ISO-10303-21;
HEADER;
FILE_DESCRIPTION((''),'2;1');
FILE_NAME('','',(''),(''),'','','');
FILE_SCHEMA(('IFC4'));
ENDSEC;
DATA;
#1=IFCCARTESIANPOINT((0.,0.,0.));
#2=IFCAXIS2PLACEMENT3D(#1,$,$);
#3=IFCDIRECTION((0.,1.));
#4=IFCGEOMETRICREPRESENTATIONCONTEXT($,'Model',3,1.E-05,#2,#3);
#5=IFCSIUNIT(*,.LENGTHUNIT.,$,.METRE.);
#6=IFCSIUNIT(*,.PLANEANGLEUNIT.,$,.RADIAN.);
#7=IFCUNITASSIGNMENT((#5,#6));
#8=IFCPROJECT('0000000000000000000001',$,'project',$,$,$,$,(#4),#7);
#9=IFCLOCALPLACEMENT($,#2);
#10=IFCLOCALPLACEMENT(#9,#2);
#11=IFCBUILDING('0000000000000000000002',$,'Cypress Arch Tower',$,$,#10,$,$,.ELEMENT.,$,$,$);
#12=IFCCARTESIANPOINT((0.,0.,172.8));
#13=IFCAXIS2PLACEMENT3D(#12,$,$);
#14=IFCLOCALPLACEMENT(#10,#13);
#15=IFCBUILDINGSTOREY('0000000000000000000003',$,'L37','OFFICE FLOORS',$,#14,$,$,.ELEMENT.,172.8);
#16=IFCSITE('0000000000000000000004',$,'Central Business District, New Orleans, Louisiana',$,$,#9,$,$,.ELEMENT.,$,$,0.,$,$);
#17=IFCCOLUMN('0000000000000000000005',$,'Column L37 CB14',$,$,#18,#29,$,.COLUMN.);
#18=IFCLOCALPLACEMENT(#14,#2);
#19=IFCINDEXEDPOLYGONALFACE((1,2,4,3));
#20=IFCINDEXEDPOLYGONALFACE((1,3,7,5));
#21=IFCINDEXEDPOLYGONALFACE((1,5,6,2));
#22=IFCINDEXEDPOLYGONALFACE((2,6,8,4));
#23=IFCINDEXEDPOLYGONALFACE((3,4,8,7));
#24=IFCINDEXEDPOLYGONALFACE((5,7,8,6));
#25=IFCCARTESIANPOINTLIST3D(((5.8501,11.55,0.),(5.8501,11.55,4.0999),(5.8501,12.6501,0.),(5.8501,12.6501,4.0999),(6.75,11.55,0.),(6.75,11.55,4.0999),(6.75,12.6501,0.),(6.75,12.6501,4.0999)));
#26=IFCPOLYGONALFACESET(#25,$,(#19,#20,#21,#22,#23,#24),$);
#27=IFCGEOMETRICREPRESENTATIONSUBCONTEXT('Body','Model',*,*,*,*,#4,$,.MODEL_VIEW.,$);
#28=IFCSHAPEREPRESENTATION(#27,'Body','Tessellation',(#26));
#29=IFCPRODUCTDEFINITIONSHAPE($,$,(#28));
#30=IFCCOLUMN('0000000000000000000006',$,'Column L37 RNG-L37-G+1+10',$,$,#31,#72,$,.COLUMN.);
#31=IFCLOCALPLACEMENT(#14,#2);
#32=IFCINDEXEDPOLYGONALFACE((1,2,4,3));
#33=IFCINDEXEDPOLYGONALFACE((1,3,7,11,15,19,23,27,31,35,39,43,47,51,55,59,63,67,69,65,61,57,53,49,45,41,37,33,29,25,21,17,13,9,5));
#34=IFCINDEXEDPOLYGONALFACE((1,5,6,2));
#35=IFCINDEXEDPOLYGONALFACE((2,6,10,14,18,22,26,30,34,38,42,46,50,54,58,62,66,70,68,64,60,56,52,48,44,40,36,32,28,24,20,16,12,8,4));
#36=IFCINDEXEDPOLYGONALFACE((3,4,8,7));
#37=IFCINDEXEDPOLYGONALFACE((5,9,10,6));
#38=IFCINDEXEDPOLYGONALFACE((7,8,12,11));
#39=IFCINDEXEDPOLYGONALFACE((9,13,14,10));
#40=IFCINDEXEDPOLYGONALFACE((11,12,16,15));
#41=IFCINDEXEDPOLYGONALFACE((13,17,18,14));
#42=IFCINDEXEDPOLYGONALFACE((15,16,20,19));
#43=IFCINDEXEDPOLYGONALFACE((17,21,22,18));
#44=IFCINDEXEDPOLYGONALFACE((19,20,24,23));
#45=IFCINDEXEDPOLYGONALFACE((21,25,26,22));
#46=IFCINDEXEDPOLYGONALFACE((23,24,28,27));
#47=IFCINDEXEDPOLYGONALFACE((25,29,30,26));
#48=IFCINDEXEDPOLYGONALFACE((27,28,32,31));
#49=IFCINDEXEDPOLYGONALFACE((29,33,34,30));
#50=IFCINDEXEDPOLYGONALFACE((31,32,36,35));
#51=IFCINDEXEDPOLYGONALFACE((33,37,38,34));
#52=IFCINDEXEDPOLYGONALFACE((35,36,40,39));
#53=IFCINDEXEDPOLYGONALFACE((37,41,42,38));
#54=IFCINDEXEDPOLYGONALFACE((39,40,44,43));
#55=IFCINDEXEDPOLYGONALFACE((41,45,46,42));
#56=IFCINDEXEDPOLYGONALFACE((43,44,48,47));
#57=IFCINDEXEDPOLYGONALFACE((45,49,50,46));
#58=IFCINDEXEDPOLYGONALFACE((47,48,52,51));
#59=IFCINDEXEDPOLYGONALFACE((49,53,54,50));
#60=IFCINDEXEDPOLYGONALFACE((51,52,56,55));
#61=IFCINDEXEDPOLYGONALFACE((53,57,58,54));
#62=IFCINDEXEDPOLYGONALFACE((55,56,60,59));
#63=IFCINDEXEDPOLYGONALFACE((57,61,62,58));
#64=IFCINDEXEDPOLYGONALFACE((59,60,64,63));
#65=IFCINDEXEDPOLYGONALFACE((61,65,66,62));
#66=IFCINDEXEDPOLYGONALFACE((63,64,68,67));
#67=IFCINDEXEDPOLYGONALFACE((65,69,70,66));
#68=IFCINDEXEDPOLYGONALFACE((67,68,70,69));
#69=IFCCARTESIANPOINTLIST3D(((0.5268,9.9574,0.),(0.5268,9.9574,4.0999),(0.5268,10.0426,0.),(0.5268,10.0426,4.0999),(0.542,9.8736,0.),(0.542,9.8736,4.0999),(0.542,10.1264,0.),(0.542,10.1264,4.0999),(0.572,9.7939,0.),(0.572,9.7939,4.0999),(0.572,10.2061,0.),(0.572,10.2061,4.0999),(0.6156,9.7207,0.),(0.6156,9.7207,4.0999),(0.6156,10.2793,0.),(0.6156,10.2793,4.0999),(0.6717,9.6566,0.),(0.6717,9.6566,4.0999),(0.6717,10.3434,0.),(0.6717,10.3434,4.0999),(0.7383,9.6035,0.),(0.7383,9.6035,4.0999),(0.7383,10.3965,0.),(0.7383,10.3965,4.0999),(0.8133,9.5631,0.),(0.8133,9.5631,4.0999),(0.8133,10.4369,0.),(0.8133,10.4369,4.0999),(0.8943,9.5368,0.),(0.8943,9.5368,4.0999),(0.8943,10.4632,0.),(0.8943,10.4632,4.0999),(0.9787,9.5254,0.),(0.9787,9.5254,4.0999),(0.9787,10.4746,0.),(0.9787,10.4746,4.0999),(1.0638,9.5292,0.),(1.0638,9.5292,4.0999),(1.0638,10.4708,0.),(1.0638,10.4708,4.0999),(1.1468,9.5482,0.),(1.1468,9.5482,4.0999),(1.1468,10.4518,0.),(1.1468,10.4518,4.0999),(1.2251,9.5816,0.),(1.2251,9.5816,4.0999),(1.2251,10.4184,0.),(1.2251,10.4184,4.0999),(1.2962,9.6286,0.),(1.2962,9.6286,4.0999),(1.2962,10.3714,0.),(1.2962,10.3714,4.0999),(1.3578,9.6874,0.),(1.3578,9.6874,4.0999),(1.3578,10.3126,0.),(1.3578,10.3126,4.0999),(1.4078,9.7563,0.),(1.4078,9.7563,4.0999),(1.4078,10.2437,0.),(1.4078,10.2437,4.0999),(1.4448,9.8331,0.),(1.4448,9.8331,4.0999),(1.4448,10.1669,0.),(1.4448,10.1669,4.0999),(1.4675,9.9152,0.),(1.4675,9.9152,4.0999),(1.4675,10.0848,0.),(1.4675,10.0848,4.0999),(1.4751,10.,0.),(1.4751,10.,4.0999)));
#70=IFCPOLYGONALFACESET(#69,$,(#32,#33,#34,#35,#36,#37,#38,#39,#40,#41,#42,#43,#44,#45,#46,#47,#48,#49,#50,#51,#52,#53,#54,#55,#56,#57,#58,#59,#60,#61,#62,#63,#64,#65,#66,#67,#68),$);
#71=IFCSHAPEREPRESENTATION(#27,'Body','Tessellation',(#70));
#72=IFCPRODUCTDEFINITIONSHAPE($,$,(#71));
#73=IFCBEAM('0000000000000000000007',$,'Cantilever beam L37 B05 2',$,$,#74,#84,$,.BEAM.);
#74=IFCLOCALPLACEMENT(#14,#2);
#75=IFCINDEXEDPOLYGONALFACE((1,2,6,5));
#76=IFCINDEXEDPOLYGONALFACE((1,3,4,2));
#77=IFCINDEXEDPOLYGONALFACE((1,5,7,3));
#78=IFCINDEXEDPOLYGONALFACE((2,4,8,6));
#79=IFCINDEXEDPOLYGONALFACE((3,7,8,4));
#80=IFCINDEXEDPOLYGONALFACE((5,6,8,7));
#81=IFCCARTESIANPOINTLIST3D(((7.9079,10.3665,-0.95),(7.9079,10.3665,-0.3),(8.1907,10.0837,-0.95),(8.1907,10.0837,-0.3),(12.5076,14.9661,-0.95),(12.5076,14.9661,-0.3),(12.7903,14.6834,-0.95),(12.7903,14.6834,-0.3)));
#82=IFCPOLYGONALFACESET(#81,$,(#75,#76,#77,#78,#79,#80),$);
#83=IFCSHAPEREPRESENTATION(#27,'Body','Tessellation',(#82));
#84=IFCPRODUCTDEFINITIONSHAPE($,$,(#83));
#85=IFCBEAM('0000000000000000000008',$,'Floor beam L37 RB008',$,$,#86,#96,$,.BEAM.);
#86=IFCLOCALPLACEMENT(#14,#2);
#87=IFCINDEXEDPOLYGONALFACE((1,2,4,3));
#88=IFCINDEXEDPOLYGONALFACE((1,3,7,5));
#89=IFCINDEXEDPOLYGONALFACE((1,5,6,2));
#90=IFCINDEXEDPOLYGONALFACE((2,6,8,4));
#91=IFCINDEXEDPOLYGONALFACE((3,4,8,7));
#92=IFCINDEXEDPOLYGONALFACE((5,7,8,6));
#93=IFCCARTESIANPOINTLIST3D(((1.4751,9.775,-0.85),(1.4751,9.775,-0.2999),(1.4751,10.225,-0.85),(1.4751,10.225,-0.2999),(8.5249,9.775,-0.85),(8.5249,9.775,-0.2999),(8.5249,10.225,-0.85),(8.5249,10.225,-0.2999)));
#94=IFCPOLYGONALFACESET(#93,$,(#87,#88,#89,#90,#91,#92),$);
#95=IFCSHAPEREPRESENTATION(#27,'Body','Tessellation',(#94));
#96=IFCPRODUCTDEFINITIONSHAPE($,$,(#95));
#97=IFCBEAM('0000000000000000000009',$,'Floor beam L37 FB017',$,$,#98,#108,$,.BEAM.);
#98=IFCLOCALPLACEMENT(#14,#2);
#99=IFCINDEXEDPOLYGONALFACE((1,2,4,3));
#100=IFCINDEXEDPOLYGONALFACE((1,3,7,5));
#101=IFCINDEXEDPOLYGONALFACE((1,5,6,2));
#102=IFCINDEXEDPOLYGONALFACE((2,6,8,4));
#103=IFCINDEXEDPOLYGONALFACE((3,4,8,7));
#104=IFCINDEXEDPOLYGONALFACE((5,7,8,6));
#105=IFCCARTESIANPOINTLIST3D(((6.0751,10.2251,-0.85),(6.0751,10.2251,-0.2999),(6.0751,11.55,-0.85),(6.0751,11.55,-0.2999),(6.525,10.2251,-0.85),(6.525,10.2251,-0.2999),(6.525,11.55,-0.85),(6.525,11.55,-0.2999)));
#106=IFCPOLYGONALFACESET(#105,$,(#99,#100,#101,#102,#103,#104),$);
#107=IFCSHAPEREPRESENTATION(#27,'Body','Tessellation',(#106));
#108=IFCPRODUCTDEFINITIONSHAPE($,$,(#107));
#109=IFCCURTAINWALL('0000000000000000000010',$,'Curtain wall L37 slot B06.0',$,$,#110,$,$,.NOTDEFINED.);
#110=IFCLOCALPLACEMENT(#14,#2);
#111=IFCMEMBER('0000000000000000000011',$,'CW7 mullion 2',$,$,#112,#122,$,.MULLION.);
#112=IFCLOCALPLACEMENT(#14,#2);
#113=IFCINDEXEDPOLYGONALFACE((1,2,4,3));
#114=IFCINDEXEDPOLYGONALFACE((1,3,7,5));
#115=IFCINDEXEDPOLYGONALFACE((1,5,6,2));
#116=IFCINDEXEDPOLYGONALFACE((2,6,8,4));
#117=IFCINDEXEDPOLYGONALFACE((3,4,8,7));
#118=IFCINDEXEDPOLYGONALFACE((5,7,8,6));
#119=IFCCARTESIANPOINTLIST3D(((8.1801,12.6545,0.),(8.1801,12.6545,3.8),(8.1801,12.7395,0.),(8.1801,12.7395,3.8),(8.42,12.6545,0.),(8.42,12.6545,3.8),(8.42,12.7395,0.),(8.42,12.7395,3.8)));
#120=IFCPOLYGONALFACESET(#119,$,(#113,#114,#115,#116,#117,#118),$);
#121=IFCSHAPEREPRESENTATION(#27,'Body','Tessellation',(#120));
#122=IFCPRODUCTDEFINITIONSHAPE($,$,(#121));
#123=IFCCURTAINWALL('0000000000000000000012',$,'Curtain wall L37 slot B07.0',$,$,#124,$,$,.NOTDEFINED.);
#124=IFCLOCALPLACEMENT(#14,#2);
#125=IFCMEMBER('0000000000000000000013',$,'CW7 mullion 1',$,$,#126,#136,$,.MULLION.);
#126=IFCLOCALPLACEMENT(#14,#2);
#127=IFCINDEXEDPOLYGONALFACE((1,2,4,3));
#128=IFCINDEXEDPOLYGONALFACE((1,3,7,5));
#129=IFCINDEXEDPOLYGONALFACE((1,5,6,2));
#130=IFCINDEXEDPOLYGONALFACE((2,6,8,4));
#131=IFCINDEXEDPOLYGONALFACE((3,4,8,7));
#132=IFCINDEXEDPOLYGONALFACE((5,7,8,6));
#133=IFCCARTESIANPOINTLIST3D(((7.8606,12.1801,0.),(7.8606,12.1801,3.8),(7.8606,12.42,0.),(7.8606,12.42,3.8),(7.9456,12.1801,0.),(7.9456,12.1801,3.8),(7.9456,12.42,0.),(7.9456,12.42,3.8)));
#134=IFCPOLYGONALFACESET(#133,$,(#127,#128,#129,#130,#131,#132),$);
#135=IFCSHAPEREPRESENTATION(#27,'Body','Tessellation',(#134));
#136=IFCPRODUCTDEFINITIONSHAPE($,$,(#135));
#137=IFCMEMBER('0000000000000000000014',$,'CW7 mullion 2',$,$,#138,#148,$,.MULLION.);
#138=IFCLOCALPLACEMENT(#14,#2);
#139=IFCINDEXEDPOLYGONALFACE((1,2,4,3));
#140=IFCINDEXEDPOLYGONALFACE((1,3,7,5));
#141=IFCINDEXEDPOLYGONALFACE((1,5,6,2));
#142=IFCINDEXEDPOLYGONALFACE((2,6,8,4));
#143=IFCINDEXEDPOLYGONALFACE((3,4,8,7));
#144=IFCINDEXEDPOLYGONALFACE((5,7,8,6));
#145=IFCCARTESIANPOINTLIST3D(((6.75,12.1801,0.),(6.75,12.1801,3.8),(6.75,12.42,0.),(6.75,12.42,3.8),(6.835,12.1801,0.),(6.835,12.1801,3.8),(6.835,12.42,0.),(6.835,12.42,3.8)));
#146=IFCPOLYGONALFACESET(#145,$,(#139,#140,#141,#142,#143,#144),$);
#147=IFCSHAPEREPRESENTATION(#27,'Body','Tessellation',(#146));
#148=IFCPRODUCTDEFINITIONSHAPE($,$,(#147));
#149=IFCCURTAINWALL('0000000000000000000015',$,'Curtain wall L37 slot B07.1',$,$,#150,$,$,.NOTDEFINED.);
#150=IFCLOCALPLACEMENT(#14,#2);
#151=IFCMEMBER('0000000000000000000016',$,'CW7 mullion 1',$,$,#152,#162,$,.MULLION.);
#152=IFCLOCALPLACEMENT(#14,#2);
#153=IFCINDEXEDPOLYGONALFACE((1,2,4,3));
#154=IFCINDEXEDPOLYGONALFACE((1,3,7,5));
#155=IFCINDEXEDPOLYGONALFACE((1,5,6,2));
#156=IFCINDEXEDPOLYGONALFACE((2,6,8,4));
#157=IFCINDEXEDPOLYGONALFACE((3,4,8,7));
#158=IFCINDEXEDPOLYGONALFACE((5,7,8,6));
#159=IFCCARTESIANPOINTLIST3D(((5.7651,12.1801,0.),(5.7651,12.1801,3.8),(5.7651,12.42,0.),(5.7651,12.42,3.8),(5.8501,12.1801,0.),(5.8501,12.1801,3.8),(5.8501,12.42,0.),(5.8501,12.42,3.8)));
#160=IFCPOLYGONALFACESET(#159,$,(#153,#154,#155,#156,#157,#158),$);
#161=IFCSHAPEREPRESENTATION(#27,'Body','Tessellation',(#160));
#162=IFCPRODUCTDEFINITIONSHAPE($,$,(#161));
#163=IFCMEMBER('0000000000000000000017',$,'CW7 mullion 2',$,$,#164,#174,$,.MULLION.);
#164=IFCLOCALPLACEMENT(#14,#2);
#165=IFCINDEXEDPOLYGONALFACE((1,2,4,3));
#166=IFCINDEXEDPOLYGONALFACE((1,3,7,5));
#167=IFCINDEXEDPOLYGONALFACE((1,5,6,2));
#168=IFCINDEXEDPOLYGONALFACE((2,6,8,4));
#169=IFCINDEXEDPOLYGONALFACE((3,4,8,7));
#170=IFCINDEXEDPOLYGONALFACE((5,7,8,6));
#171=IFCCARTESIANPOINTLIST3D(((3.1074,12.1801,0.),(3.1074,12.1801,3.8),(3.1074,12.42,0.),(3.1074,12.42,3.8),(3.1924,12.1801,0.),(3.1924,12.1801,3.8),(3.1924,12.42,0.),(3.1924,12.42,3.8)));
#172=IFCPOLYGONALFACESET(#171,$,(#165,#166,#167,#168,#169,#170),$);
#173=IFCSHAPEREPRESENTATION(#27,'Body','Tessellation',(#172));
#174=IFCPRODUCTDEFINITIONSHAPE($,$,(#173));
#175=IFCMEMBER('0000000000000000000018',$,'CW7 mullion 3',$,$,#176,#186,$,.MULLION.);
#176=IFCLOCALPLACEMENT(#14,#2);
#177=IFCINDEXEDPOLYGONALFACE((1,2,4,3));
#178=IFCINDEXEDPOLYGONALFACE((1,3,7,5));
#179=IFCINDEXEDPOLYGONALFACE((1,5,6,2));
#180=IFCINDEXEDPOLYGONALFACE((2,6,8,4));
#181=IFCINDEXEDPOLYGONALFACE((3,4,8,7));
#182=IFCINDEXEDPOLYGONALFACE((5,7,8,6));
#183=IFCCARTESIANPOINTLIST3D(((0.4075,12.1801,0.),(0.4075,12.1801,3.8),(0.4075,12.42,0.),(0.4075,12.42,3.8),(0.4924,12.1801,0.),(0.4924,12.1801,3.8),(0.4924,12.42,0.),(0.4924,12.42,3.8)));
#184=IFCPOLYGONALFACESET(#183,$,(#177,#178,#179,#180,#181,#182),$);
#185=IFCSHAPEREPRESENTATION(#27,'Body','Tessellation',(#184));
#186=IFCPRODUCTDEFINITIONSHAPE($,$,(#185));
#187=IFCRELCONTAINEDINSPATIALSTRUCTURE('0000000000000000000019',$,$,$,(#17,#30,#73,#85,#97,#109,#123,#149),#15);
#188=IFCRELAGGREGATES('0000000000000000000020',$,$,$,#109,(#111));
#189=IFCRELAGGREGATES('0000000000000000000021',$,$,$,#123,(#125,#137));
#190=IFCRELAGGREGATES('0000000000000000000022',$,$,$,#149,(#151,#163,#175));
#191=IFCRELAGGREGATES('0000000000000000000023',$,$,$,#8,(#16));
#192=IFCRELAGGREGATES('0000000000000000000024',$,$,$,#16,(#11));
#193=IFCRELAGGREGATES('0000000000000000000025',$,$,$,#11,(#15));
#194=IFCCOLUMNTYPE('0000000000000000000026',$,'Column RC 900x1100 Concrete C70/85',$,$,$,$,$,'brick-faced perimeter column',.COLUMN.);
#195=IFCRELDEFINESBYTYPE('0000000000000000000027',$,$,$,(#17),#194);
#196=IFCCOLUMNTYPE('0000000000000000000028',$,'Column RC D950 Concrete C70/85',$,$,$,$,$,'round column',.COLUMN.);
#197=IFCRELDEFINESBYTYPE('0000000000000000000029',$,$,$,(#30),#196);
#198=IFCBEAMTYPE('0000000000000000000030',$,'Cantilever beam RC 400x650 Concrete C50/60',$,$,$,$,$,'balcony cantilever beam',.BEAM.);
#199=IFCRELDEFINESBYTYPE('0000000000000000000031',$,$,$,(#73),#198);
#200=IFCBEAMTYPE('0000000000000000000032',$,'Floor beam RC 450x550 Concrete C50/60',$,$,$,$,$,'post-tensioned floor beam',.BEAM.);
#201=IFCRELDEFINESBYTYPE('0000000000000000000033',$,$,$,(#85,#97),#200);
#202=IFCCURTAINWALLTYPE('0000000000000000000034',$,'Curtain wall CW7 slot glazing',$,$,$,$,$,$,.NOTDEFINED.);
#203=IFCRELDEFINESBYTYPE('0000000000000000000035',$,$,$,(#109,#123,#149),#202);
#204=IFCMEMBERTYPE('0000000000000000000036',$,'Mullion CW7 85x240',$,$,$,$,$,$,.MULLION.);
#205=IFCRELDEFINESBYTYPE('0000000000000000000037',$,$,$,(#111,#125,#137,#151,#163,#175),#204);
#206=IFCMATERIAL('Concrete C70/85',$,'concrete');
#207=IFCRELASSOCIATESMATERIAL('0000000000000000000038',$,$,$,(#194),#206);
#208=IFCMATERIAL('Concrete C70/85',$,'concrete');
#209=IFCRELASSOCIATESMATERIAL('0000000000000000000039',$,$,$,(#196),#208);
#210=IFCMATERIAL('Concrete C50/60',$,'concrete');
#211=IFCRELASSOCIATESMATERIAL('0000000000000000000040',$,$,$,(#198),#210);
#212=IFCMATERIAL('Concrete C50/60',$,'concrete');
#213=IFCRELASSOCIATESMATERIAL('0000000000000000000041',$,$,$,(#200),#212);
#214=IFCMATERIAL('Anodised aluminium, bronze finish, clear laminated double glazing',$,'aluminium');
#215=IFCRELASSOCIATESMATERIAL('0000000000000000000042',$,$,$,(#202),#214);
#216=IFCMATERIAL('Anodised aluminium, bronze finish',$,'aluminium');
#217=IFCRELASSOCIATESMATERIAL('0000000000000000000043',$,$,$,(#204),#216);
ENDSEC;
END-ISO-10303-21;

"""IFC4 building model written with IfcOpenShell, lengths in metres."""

from ifc_helpers import new_model, si_unit, direction, frame, origin, origin_2d, place, context, subcontext, project, spatial, rectangle, circle, extrude, material, material_profile, profile_set, type_object, element, aggregate, save


model = new_model("IFC4")

# Units and contexts
model_context = context("Model", 3, precision=1e-05, world=origin(), true_north=direction((0.0, 1.0)))
body_context = subcontext(model_context, "Body", "Model", "MODEL_VIEW")
ifc_project = project(units=[si_unit("LENGTHUNIT", "METRE"), si_unit("PLANEANGLEUNIT", "RADIAN")], contexts=[model_context])

# Site, building, storey
site_placement = place(None, origin())
site = spatial("IfcSite", under=ifc_project, at=site_placement, Name="Central Business District, New Orleans, Louisiana", CompositionType="ELEMENT", RefElevation=0.0)
building_placement = place(site_placement, origin())
building = spatial("IfcBuilding", under=site, at=building_placement, Name="Cypress Arch Tower", CompositionType="ELEMENT")
storey_placement = place(building_placement, frame((0.0, 0.0, 172.8)))
storey = spatial("IfcBuildingStorey", under=building, at=storey_placement, Name="L37", Description="OFFICE FLOORS", CompositionType="ELEMENT", Elevation=172.8)

# Columns
ifc_material_1 = material(Name="Concrete C70/85", Category="concrete")
ifc_material_profile_1 = material_profile(ifc_material_1, rectangle(XDim=0.8999, YDim=1.1001, at=origin_2d()), Name="RC 900x1100")
ifc_profile_set_1 = profile_set([ifc_material_profile_1], Name="Concrete C70/85")
column_type_1 = type_object("IfcColumnType", Name="Column RC 900x1100 Concrete C70/85", ElementType="brick-faced perimeter column", PredefinedType="COLUMN", material=ifc_profile_set_1)
column_1_placement = place(storey_placement, frame((6.3, 12.1001, 0.0), z_axis=(0.0, 0.0, 1.0), x_axis=(-1.0, 0.0, 0.0)))
element("IfcColumn", 1, at=column_1_placement, inside=storey, type_object=column_type_1, Name="Column L37 CB14", PredefinedType="COLUMN", context=body_context, shape_type="SweptSolid", body=[
    extrude(rectangle(XDim=0.8999, YDim=1.1001, at=origin_2d()), origin(), (0.0, 0.0, 1.0), 4.0999),
])
ifc_material_2 = material(Name="Concrete C70/85", Category="concrete")
ifc_material_profile_2 = material_profile(ifc_material_2, circle(Radius=0.4751, at=origin_2d()), Name="RC D950")
ifc_profile_set_2 = profile_set([ifc_material_profile_2], Name="Concrete C70/85")
column_type_2 = type_object("IfcColumnType", Name="Column RC D950 Concrete C70/85", ElementType="round column", PredefinedType="COLUMN", material=ifc_profile_set_2)
column_2_placement = place(storey_placement, frame((1.0, 10.0, 0.0), z_axis=(0.0, 0.0, 1.0), x_axis=(1.0, 0.0, 0.0)))
element("IfcColumn", 2, at=column_2_placement, inside=storey, type_object=column_type_2, Name="Column L37 RNG-L37-G+1+10", PredefinedType="COLUMN", context=body_context, shape_type="SweptSolid", body=[
    extrude(circle(Radius=0.4751, at=origin_2d()), origin(), (0.0, 0.0, 1.0), 4.0999),
])

# Beams
ifc_material_3 = material(Name="Concrete C50/60", Category="concrete")
ifc_material_profile_3 = material_profile(ifc_material_3, rectangle(XDim=0.3999, YDim=0.6499, at=origin_2d()), Name="RC 400x650")
ifc_profile_set_3 = profile_set([ifc_material_profile_3], Name="Concrete C50/60")
beam_type_1 = type_object("IfcBeamType", Name="Cantilever beam RC 400x650 Concrete C50/60", ElementType="balcony cantilever beam", PredefinedType="BEAM", material=ifc_profile_set_3)
beam_1_placement = place(storey_placement, frame((8.0493, 10.2251, -0.625), z_axis=(0.707107, 0.707107, 0.0), x_axis=(-0.707107, 0.707107, 0.0)))
element("IfcBeam", 3, at=beam_1_placement, inside=storey, type_object=beam_type_1, Name="Cantilever beam L37 B05 2", PredefinedType="BEAM", context=body_context, shape_type="SweptSolid", body=[
    extrude(rectangle(XDim=0.3999, YDim=0.6499, at=origin_2d()), origin(), (0.0, 0.0, 1.0), 6.5049),
])
ifc_material_4 = material(Name="Concrete C50/60", Category="concrete")
ifc_material_profile_4 = material_profile(ifc_material_4, rectangle(XDim=0.45, YDim=0.55, at=origin_2d()), Name="RC 450x550")
ifc_profile_set_4 = profile_set([ifc_material_profile_4], Name="Concrete C50/60")
beam_type_2 = type_object("IfcBeamType", Name="Floor beam RC 450x550 Concrete C50/60", ElementType="post-tensioned floor beam", PredefinedType="BEAM", material=ifc_profile_set_4)
beam_2_placement = place(storey_placement, frame((1.4751, 10.0, -0.575), z_axis=(1.0, 0.0, 0.0), x_axis=(0.0, 1.0, 0.0)))
element("IfcBeam", 4, at=beam_2_placement, inside=storey, type_object=beam_type_2, Name="Floor beam L37 RB008", PredefinedType="BEAM", context=body_context, shape_type="SweptSolid", body=[
    extrude(rectangle(XDim=0.45, YDim=0.55, at=origin_2d()), origin(), (0.0, 0.0, 1.0), 7.0498),
])
beam_3_placement = place(storey_placement, frame((6.3, 10.2251, -0.575), z_axis=(0.0, 1.0, 0.0), x_axis=(-1.0, 0.0, 0.0)))
element("IfcBeam", 5, at=beam_3_placement, inside=storey, type_object=beam_type_2, Name="Floor beam L37 FB017", PredefinedType="BEAM", context=body_context, shape_type="SweptSolid", body=[
    extrude(rectangle(XDim=0.45, YDim=0.55, at=origin_2d()), origin(), (0.0, 0.0, 1.0), 1.325),
])

# Curtain wall, member
ifc_material_5 = material(Name="Anodised aluminium, bronze finish, clear laminated double glazing", Category="aluminium")
curtain_wall_type = type_object("IfcCurtainWallType", Name="Curtain wall CW7 slot glazing", PredefinedType="NOTDEFINED", material=ifc_material_5)
curtain_wall_1_placement = place(storey_placement, origin())
curtain_wall_1 = element("IfcCurtainWall", 6, at=curtain_wall_1_placement, inside=storey, type_object=curtain_wall_type, Name="Curtain wall L37 slot B06.0", PredefinedType="NOTDEFINED")
ifc_material_6 = material(Name="Anodised aluminium, bronze finish", Category="aluminium")
ifc_material_profile_5 = material_profile(ifc_material_6, rectangle(XDim=0.24, YDim=0.085, at=origin_2d()), Name="Mullion 85x240")
ifc_profile_set_5 = profile_set([ifc_material_profile_5], Name="Anodised aluminium, bronze finish")
member_type_1 = type_object("IfcMemberType", Name="Mullion CW7 85x240", PredefinedType="MULLION", material=ifc_profile_set_5)
member_1_placement = place(storey_placement, frame((8.3, 12.697, 0.0), z_axis=(0.0, 0.0, 1.0), x_axis=(1.0, 0.0, 0.0)))
member_1 = element("IfcMember", 7, at=member_1_placement, type_object=member_type_1, Name="CW7 mullion 2", PredefinedType="MULLION", context=body_context, shape_type="SweptSolid", body=[
    extrude(rectangle(XDim=0.24, YDim=0.085, at=origin_2d()), origin(), (0.0, 0.0, 1.0), 3.8),
])

# Curtain walls, members
curtain_wall_2_placement = place(storey_placement, origin())
curtain_wall_2 = element("IfcCurtainWall", 8, at=curtain_wall_2_placement, inside=storey, type_object=curtain_wall_type, Name="Curtain wall L37 slot B07.0", PredefinedType="NOTDEFINED")
member_2_placement = place(storey_placement, frame((7.9031, 12.3, 0.0), z_axis=(0.0, 0.0, 1.0), x_axis=(0.0, -1.0, 0.0)))
member_2 = element("IfcMember", 9, at=member_2_placement, type_object=member_type_1, Name="CW7 mullion 1", PredefinedType="MULLION", context=body_context, shape_type="SweptSolid", body=[
    extrude(rectangle(XDim=0.24, YDim=0.085, at=origin_2d()), origin(), (0.0, 0.0, 1.0), 3.8),
])
member_3_placement = place(storey_placement, frame((6.7925, 12.3, 0.0), z_axis=(0.0, 0.0, 1.0), x_axis=(0.0, -1.0, 0.0)))
member_3 = element("IfcMember", 10, at=member_3_placement, type_object=member_type_1, Name="CW7 mullion 2", PredefinedType="MULLION", context=body_context, shape_type="SweptSolid", body=[
    extrude(rectangle(XDim=0.24, YDim=0.085, at=origin_2d()), origin(), (0.0, 0.0, 1.0), 3.8),
])
curtain_wall_3_placement = place(storey_placement, origin())
curtain_wall_3 = element("IfcCurtainWall", 11, at=curtain_wall_3_placement, inside=storey, type_object=curtain_wall_type, Name="Curtain wall L37 slot B07.1", PredefinedType="NOTDEFINED")
member_4_placement = place(storey_placement, frame((5.8076, 12.3, 0.0), z_axis=(0.0, 0.0, 1.0), x_axis=(0.0, -1.0, 0.0)))
member_4 = element("IfcMember", 12, at=member_4_placement, type_object=member_type_1, Name="CW7 mullion 1", PredefinedType="MULLION", context=body_context, shape_type="SweptSolid", body=[
    extrude(rectangle(XDim=0.24, YDim=0.085, at=origin_2d()), origin(), (0.0, 0.0, 1.0), 3.8),
])
member_5_placement = place(storey_placement, frame((3.1499, 12.3, 0.0), z_axis=(0.0, 0.0, 1.0), x_axis=(0.0, -1.0, 0.0)))
member_5 = element("IfcMember", 13, at=member_5_placement, type_object=member_type_1, Name="CW7 mullion 2", PredefinedType="MULLION", context=body_context, shape_type="SweptSolid", body=[
    extrude(rectangle(XDim=0.24, YDim=0.085, at=origin_2d()), origin(), (0.0, 0.0, 1.0), 3.8),
])
member_6_placement = place(storey_placement, frame((0.45, 12.3, 0.0), z_axis=(0.0, 0.0, 1.0), x_axis=(0.0, -1.0, 0.0)))
member_6 = element("IfcMember", 14, at=member_6_placement, type_object=member_type_1, Name="CW7 mullion 3", PredefinedType="MULLION", context=body_context, shape_type="SweptSolid", body=[
    extrude(rectangle(XDim=0.24, YDim=0.085, at=origin_2d()), origin(), (0.0, 0.0, 1.0), 3.8),
])

aggregate(curtain_wall_1, [member_1])
aggregate(curtain_wall_2, [member_2, member_3])
aggregate(curtain_wall_3, [member_4, member_5, member_6])

save(model, "model.ifc")
